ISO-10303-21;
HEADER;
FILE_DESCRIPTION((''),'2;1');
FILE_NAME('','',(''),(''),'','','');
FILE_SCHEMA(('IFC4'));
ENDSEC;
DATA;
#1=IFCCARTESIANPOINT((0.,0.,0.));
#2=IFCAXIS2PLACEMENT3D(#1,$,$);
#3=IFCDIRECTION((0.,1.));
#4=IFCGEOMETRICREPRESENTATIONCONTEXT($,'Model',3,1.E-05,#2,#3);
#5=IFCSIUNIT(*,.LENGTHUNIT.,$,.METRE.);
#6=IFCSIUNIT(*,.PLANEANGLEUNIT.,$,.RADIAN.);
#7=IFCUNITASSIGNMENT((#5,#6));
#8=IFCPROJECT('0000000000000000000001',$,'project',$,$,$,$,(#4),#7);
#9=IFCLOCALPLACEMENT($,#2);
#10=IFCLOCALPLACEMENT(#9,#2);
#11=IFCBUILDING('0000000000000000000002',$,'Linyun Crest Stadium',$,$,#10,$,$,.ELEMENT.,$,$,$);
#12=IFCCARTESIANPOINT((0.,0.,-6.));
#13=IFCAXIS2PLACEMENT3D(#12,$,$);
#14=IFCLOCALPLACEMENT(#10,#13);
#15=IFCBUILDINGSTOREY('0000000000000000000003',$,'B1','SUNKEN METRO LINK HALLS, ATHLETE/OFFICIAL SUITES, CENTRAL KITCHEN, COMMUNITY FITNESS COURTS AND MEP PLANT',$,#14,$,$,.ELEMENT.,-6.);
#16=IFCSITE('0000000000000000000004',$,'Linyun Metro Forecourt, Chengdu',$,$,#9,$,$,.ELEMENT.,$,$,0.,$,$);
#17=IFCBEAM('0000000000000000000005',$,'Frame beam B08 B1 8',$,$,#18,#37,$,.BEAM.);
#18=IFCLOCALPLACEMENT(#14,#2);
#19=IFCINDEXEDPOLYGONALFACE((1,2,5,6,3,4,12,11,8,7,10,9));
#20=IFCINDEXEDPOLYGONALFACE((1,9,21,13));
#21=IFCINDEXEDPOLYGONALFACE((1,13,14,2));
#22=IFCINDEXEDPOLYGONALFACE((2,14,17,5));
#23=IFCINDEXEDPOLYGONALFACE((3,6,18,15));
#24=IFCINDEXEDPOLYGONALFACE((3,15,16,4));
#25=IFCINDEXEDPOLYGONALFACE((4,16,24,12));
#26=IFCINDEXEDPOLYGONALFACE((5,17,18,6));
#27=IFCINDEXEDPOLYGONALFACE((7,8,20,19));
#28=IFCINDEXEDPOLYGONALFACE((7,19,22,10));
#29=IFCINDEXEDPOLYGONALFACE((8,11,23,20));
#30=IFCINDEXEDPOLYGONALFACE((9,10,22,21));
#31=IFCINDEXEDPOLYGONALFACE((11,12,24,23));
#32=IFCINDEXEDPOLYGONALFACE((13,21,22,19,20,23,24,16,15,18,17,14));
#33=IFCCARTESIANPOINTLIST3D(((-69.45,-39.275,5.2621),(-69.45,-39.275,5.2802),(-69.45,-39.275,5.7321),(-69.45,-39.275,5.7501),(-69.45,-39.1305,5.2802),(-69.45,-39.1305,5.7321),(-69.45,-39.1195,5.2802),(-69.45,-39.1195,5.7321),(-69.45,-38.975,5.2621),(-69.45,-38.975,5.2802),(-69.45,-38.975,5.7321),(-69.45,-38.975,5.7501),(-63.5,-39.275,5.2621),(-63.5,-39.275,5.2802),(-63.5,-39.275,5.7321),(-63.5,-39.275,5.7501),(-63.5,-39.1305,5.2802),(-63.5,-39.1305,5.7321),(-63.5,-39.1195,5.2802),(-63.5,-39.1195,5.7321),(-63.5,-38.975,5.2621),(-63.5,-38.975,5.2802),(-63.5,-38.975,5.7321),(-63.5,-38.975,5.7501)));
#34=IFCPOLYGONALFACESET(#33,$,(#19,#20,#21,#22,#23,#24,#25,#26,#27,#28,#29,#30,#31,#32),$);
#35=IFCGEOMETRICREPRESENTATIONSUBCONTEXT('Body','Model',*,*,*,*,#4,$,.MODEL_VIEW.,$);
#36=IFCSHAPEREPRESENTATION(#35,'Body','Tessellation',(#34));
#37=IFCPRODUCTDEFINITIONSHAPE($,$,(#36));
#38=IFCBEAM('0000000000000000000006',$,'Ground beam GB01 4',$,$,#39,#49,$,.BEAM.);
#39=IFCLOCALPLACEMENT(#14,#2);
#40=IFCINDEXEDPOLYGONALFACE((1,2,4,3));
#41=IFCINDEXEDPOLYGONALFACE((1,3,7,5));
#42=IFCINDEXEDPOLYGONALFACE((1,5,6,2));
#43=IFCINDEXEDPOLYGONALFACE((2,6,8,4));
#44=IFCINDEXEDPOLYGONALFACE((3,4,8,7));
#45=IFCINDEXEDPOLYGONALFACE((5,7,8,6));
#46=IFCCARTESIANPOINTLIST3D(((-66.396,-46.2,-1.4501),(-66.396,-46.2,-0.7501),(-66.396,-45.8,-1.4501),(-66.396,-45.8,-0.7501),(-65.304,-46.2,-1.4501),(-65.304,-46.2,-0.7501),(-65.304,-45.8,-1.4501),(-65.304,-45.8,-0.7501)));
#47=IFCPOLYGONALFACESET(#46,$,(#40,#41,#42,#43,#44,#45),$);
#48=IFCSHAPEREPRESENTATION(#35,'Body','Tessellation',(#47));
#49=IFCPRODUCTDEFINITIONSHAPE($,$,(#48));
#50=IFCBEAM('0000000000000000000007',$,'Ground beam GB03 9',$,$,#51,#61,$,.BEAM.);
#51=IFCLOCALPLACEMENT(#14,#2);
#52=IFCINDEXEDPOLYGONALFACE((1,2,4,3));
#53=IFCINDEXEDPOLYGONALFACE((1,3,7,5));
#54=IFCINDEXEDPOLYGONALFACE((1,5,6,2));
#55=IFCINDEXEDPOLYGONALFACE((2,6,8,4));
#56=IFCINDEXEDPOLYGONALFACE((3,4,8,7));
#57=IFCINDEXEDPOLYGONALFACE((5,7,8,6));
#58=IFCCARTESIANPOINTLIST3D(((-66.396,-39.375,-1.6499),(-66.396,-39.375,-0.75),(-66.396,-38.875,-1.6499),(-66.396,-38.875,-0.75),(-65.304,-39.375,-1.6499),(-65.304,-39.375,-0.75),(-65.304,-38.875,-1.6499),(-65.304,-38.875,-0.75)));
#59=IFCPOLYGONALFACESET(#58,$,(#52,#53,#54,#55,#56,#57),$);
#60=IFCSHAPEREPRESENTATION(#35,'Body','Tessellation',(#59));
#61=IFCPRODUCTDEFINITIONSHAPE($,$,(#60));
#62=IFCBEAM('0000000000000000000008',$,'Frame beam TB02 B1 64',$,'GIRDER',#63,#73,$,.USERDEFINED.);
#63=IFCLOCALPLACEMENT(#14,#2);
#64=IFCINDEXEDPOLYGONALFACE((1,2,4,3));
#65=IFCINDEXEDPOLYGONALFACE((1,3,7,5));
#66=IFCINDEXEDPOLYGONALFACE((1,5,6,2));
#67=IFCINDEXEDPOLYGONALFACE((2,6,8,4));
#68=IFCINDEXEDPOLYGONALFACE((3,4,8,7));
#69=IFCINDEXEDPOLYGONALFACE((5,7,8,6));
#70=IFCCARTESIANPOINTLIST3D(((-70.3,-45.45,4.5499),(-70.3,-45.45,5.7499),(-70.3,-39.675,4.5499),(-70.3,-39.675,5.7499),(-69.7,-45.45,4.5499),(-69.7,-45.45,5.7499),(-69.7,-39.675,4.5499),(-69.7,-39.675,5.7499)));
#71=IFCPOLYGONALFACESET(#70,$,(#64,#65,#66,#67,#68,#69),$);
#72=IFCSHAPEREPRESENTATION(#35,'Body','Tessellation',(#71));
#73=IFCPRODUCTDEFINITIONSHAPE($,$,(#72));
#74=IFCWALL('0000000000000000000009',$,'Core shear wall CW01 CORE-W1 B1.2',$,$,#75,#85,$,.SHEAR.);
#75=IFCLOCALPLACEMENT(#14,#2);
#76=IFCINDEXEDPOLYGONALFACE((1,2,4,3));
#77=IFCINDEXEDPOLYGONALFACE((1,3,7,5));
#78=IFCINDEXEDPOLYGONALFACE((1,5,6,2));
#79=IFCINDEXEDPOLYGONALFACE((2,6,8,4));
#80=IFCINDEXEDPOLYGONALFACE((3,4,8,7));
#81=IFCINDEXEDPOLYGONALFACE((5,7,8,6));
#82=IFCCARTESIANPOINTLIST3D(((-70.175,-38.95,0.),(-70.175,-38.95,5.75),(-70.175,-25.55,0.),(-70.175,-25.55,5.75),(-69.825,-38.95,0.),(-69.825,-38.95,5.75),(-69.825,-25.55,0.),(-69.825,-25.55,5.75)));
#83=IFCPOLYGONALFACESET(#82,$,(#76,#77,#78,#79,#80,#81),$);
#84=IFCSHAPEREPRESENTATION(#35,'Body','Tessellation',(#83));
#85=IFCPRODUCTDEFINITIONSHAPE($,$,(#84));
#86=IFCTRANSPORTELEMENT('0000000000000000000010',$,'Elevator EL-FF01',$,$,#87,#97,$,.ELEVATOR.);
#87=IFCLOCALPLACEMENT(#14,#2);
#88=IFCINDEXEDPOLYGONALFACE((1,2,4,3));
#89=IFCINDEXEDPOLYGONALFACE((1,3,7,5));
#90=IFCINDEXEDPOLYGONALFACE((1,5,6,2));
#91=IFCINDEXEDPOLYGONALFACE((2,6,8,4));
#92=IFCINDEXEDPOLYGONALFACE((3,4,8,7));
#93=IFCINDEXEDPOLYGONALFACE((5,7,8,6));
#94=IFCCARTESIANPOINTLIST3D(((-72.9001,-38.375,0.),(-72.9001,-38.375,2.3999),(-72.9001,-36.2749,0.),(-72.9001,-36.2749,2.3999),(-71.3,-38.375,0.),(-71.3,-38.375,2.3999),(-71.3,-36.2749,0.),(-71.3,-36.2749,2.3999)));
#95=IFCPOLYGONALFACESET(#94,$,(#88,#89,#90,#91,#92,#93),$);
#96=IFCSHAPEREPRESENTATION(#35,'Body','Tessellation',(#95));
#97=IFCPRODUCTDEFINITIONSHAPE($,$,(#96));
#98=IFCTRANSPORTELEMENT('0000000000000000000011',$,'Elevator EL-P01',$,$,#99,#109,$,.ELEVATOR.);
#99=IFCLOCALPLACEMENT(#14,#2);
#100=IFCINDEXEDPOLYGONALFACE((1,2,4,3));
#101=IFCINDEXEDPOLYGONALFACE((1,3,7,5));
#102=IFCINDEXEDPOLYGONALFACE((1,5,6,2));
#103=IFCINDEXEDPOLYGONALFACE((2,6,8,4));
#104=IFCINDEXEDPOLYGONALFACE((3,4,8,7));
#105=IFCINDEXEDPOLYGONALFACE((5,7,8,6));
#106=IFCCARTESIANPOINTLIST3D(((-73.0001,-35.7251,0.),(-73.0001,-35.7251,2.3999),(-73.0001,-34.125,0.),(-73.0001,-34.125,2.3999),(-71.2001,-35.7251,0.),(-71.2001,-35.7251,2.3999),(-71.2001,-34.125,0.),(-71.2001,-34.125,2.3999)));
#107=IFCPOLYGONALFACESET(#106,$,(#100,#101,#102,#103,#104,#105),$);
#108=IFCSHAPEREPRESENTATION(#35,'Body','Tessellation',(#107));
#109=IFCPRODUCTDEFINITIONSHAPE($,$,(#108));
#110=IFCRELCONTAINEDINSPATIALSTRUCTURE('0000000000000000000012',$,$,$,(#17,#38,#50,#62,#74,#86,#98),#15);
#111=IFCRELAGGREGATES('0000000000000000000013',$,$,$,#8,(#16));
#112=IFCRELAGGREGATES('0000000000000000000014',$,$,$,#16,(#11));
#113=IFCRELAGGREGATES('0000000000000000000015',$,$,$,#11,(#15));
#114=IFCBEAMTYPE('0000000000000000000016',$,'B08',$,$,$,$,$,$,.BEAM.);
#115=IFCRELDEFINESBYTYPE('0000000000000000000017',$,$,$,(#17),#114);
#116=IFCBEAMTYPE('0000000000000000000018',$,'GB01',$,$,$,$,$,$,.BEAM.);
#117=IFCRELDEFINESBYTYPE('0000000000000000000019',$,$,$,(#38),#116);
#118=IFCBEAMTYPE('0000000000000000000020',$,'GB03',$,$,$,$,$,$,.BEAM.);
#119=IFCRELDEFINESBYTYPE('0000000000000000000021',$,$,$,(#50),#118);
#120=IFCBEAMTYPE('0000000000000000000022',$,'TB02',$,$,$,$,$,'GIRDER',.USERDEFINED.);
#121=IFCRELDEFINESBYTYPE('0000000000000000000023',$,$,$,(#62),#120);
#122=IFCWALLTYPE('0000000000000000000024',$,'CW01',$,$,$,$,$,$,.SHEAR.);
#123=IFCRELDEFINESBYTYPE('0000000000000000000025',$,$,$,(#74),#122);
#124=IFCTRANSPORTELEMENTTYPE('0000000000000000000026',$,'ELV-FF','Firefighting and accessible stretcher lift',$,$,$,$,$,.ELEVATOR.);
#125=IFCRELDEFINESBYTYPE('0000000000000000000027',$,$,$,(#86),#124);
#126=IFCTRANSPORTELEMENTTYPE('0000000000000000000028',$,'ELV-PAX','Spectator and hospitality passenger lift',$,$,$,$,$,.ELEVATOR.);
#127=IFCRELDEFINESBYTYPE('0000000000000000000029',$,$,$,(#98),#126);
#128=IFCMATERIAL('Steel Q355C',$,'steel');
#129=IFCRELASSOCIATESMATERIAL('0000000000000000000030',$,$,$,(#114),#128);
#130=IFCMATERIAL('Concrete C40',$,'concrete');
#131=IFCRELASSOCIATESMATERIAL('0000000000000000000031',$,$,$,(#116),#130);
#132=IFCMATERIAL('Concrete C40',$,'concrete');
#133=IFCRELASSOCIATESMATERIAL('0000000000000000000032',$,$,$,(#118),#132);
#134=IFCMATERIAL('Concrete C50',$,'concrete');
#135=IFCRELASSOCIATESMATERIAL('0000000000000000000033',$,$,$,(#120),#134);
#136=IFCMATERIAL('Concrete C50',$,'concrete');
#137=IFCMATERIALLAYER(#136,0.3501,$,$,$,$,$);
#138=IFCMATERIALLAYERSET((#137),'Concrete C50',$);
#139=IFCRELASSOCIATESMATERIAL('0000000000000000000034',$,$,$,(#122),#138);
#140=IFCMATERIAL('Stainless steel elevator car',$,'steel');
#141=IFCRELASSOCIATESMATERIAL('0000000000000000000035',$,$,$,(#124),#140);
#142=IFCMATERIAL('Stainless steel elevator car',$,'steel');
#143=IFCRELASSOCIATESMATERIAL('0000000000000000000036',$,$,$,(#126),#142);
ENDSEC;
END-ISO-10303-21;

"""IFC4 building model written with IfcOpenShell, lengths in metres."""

from ifc_helpers import new_model, si_unit, direction, frame, frame_2d, origin, origin_2d, place, context, subcontext, project, spatial, rectangle, i_section, extrude, material, layer, layer_set, material_profile, profile_set, type_object, element, save


model = new_model("IFC4")

# Units and contexts
model_context = context("Model", 3, precision=1e-05, world=origin(), true_north=direction((0.0, 1.0)))
body_context = subcontext(model_context, "Body", "Model", "MODEL_VIEW")
ifc_project = project(units=[si_unit("LENGTHUNIT", "METRE"), si_unit("PLANEANGLEUNIT", "RADIAN")], contexts=[model_context])

# Site, building, storey
site_placement = place(None, origin())
site = spatial("IfcSite", under=ifc_project, at=site_placement, Name="Linyun Metro Forecourt, Chengdu", CompositionType="ELEMENT", RefElevation=0.0)
building_placement = place(site_placement, origin())
building = spatial("IfcBuilding", under=site, at=building_placement, Name="Linyun Crest Stadium", CompositionType="ELEMENT")
storey_placement = place(building_placement, frame((0.0, 0.0, -6.0)))
storey = spatial("IfcBuildingStorey", under=building, at=storey_placement, Name="B1", Description="SUNKEN METRO LINK HALLS, ATHLETE/OFFICIAL SUITES, CENTRAL KITCHEN, COMMUNITY FITNESS COURTS AND MEP PLANT", CompositionType="ELEMENT", Elevation=-6.0)

# Beams
ifc_material_1 = material(Name="Steel Q355C", Category="steel")
ifc_material_profile_1 = material_profile(ifc_material_1, i_section(OverallWidth=0.3, OverallDepth=0.488, WebThickness=0.011, FlangeThickness=0.0181, at=origin_2d()), Name="HM 488x300")
ifc_profile_set_1 = profile_set([ifc_material_profile_1], Name="Steel Q355C")
beam_type_1 = type_object("IfcBeamType", Name="B08", PredefinedType="BEAM", material=ifc_profile_set_1)
beam_1_placement = place(storey_placement, frame((-69.45, -39.125, 5.5061), z_axis=(1.0, 0.0, 0.0), x_axis=(0.0, 1.0, 0.0)))
element("IfcBeam", 1, at=beam_1_placement, inside=storey, type_object=beam_type_1, Name="Frame beam B08 B1 8", PredefinedType="BEAM", context=body_context, shape_type="SweptSolid", body=[
    extrude(i_section(OverallWidth=0.3, OverallDepth=0.488, WebThickness=0.011, FlangeThickness=0.0181, at=origin_2d()), origin(), (0.0, 0.0, 1.0), 5.95),
])
ifc_material_2 = material(Name="Concrete C40", Category="concrete")
ifc_material_profile_2 = material_profile(ifc_material_2, rectangle(XDim=0.3999, YDim=0.7, at=origin_2d()), Name="RCB 700x400")
ifc_profile_set_2 = profile_set([ifc_material_profile_2], Name="Concrete C40")
beam_type_2 = type_object("IfcBeamType", Name="GB01", PredefinedType="BEAM", material=ifc_profile_set_2)
beam_2_placement = place(storey_placement, frame((-66.396, -46.0, -1.1001), z_axis=(1.0, 0.0, 0.0), x_axis=(0.0, 1.0, 0.0)))
element("IfcBeam", 2, at=beam_2_placement, inside=storey, type_object=beam_type_2, Name="Ground beam GB01 4", PredefinedType="BEAM", context=body_context, shape_type="SweptSolid", body=[
    extrude(rectangle(XDim=0.3999, YDim=0.7, at=origin_2d()), origin(), (0.0, 0.0, 1.0), 1.092),
])
ifc_material_3 = material(Name="Concrete C40", Category="concrete")
ifc_material_profile_3 = material_profile(ifc_material_3, rectangle(XDim=0.5, YDim=0.8999, at=origin_2d()), Name="RCB 900x500")
ifc_profile_set_3 = profile_set([ifc_material_profile_3], Name="Concrete C40")
beam_type_3 = type_object("IfcBeamType", Name="GB03", PredefinedType="BEAM", material=ifc_profile_set_3)
beam_3_placement = place(storey_placement, frame((-66.396, -39.125, -1.2), z_axis=(1.0, 0.0, 0.0), x_axis=(0.0, 1.0, 0.0)))
element("IfcBeam", 3, at=beam_3_placement, inside=storey, type_object=beam_type_3, Name="Ground beam GB03 9", PredefinedType="BEAM", context=body_context, shape_type="SweptSolid", body=[
    extrude(rectangle(XDim=0.5, YDim=0.8999, at=origin_2d()), origin(), (0.0, 0.0, 1.0), 1.092),
])
ifc_material_4 = material(Name="Concrete C50", Category="concrete")
ifc_material_profile_4 = material_profile(ifc_material_4, rectangle(XDim=0.6001, YDim=1.2, at=origin_2d()), Name="RCB 1200x600")
ifc_profile_set_4 = profile_set([ifc_material_profile_4], Name="Concrete C50")
beam_type_4 = type_object("IfcBeamType", Name="TB02", ElementType="GIRDER", PredefinedType="USERDEFINED", material=ifc_profile_set_4)
beam_4_placement = place(storey_placement, frame((-70.0, -45.45, 5.1499), z_axis=(0.0, 1.0, 0.0), x_axis=(-1.0, 0.0, 0.0)))
element("IfcBeam", 4, at=beam_4_placement, inside=storey, type_object=beam_type_4, Name="Frame beam TB02 B1 64", ObjectType="GIRDER", PredefinedType="USERDEFINED", context=body_context, shape_type="SweptSolid", body=[
    extrude(rectangle(XDim=0.6001, YDim=1.2, at=origin_2d()), origin(), (0.0, 0.0, 1.0), 5.7749),
])

# Wall
ifc_material_5 = material(Name="Concrete C50", Category="concrete")
ifc_layer = layer(ifc_material_5, 0.3501)
ifc_layer_set = layer_set([ifc_layer], Name="Concrete C50")
wall_type = type_object("IfcWallType", Name="CW01", PredefinedType="SHEAR", material=ifc_layer_set)
wall_placement = place(storey_placement, frame((-70.0, -38.95, 0.0), z_axis=(0.0, 0.0, 1.0), x_axis=(0.0, 1.0, 0.0)))
element("IfcWall", 5, at=wall_placement, inside=storey, type_object=wall_type, Name="Core shear wall CW01 CORE-W1 B1.2", PredefinedType="SHEAR", context=body_context, shape_type="SweptSolid", body=[
    extrude(rectangle(XDim=13.3999, YDim=0.3501, at=frame_2d((6.7, 0.0))), origin(), (0.0, 0.0, 1.0), 5.75),
])

# Transport elements
ifc_material_6 = material(Name="Stainless steel elevator car", Category="steel")
transport_element_type_1 = type_object("IfcTransportElementType", Name="ELV-FF", Description="Firefighting and accessible stretcher lift", PredefinedType="ELEVATOR", material=ifc_material_6)
transport_element_1_placement = place(storey_placement, frame((-72.1001, -37.325, 0.0), z_axis=(0.0, 0.0, 1.0), x_axis=(1.0, 0.0, 0.0)))
element("IfcTransportElement", 6, at=transport_element_1_placement, inside=storey, type_object=transport_element_type_1, Name="Elevator EL-FF01", PredefinedType="ELEVATOR", context=body_context, shape_type="SweptSolid", body=[
    extrude(rectangle(XDim=1.6001, YDim=2.1001, at=origin_2d()), origin(), (0.0, 0.0, 1.0), 2.3999),
])
ifc_material_7 = material(Name="Stainless steel elevator car", Category="steel")
transport_element_type_2 = type_object("IfcTransportElementType", Name="ELV-PAX", Description="Spectator and hospitality passenger lift", PredefinedType="ELEVATOR", material=ifc_material_7)
transport_element_2_placement = place(storey_placement, frame((-72.1001, -34.925, 0.0), z_axis=(0.0, 0.0, 1.0), x_axis=(1.0, 0.0, 0.0)))
element("IfcTransportElement", 7, at=transport_element_2_placement, inside=storey, type_object=transport_element_type_2, Name="Elevator EL-P01", PredefinedType="ELEVATOR", context=body_context, shape_type="SweptSolid", body=[
    extrude(rectangle(XDim=1.8, YDim=1.6001, at=origin_2d()), origin(), (0.0, 0.0, 1.0), 2.3999),
])

save(model, "model.ifc")
